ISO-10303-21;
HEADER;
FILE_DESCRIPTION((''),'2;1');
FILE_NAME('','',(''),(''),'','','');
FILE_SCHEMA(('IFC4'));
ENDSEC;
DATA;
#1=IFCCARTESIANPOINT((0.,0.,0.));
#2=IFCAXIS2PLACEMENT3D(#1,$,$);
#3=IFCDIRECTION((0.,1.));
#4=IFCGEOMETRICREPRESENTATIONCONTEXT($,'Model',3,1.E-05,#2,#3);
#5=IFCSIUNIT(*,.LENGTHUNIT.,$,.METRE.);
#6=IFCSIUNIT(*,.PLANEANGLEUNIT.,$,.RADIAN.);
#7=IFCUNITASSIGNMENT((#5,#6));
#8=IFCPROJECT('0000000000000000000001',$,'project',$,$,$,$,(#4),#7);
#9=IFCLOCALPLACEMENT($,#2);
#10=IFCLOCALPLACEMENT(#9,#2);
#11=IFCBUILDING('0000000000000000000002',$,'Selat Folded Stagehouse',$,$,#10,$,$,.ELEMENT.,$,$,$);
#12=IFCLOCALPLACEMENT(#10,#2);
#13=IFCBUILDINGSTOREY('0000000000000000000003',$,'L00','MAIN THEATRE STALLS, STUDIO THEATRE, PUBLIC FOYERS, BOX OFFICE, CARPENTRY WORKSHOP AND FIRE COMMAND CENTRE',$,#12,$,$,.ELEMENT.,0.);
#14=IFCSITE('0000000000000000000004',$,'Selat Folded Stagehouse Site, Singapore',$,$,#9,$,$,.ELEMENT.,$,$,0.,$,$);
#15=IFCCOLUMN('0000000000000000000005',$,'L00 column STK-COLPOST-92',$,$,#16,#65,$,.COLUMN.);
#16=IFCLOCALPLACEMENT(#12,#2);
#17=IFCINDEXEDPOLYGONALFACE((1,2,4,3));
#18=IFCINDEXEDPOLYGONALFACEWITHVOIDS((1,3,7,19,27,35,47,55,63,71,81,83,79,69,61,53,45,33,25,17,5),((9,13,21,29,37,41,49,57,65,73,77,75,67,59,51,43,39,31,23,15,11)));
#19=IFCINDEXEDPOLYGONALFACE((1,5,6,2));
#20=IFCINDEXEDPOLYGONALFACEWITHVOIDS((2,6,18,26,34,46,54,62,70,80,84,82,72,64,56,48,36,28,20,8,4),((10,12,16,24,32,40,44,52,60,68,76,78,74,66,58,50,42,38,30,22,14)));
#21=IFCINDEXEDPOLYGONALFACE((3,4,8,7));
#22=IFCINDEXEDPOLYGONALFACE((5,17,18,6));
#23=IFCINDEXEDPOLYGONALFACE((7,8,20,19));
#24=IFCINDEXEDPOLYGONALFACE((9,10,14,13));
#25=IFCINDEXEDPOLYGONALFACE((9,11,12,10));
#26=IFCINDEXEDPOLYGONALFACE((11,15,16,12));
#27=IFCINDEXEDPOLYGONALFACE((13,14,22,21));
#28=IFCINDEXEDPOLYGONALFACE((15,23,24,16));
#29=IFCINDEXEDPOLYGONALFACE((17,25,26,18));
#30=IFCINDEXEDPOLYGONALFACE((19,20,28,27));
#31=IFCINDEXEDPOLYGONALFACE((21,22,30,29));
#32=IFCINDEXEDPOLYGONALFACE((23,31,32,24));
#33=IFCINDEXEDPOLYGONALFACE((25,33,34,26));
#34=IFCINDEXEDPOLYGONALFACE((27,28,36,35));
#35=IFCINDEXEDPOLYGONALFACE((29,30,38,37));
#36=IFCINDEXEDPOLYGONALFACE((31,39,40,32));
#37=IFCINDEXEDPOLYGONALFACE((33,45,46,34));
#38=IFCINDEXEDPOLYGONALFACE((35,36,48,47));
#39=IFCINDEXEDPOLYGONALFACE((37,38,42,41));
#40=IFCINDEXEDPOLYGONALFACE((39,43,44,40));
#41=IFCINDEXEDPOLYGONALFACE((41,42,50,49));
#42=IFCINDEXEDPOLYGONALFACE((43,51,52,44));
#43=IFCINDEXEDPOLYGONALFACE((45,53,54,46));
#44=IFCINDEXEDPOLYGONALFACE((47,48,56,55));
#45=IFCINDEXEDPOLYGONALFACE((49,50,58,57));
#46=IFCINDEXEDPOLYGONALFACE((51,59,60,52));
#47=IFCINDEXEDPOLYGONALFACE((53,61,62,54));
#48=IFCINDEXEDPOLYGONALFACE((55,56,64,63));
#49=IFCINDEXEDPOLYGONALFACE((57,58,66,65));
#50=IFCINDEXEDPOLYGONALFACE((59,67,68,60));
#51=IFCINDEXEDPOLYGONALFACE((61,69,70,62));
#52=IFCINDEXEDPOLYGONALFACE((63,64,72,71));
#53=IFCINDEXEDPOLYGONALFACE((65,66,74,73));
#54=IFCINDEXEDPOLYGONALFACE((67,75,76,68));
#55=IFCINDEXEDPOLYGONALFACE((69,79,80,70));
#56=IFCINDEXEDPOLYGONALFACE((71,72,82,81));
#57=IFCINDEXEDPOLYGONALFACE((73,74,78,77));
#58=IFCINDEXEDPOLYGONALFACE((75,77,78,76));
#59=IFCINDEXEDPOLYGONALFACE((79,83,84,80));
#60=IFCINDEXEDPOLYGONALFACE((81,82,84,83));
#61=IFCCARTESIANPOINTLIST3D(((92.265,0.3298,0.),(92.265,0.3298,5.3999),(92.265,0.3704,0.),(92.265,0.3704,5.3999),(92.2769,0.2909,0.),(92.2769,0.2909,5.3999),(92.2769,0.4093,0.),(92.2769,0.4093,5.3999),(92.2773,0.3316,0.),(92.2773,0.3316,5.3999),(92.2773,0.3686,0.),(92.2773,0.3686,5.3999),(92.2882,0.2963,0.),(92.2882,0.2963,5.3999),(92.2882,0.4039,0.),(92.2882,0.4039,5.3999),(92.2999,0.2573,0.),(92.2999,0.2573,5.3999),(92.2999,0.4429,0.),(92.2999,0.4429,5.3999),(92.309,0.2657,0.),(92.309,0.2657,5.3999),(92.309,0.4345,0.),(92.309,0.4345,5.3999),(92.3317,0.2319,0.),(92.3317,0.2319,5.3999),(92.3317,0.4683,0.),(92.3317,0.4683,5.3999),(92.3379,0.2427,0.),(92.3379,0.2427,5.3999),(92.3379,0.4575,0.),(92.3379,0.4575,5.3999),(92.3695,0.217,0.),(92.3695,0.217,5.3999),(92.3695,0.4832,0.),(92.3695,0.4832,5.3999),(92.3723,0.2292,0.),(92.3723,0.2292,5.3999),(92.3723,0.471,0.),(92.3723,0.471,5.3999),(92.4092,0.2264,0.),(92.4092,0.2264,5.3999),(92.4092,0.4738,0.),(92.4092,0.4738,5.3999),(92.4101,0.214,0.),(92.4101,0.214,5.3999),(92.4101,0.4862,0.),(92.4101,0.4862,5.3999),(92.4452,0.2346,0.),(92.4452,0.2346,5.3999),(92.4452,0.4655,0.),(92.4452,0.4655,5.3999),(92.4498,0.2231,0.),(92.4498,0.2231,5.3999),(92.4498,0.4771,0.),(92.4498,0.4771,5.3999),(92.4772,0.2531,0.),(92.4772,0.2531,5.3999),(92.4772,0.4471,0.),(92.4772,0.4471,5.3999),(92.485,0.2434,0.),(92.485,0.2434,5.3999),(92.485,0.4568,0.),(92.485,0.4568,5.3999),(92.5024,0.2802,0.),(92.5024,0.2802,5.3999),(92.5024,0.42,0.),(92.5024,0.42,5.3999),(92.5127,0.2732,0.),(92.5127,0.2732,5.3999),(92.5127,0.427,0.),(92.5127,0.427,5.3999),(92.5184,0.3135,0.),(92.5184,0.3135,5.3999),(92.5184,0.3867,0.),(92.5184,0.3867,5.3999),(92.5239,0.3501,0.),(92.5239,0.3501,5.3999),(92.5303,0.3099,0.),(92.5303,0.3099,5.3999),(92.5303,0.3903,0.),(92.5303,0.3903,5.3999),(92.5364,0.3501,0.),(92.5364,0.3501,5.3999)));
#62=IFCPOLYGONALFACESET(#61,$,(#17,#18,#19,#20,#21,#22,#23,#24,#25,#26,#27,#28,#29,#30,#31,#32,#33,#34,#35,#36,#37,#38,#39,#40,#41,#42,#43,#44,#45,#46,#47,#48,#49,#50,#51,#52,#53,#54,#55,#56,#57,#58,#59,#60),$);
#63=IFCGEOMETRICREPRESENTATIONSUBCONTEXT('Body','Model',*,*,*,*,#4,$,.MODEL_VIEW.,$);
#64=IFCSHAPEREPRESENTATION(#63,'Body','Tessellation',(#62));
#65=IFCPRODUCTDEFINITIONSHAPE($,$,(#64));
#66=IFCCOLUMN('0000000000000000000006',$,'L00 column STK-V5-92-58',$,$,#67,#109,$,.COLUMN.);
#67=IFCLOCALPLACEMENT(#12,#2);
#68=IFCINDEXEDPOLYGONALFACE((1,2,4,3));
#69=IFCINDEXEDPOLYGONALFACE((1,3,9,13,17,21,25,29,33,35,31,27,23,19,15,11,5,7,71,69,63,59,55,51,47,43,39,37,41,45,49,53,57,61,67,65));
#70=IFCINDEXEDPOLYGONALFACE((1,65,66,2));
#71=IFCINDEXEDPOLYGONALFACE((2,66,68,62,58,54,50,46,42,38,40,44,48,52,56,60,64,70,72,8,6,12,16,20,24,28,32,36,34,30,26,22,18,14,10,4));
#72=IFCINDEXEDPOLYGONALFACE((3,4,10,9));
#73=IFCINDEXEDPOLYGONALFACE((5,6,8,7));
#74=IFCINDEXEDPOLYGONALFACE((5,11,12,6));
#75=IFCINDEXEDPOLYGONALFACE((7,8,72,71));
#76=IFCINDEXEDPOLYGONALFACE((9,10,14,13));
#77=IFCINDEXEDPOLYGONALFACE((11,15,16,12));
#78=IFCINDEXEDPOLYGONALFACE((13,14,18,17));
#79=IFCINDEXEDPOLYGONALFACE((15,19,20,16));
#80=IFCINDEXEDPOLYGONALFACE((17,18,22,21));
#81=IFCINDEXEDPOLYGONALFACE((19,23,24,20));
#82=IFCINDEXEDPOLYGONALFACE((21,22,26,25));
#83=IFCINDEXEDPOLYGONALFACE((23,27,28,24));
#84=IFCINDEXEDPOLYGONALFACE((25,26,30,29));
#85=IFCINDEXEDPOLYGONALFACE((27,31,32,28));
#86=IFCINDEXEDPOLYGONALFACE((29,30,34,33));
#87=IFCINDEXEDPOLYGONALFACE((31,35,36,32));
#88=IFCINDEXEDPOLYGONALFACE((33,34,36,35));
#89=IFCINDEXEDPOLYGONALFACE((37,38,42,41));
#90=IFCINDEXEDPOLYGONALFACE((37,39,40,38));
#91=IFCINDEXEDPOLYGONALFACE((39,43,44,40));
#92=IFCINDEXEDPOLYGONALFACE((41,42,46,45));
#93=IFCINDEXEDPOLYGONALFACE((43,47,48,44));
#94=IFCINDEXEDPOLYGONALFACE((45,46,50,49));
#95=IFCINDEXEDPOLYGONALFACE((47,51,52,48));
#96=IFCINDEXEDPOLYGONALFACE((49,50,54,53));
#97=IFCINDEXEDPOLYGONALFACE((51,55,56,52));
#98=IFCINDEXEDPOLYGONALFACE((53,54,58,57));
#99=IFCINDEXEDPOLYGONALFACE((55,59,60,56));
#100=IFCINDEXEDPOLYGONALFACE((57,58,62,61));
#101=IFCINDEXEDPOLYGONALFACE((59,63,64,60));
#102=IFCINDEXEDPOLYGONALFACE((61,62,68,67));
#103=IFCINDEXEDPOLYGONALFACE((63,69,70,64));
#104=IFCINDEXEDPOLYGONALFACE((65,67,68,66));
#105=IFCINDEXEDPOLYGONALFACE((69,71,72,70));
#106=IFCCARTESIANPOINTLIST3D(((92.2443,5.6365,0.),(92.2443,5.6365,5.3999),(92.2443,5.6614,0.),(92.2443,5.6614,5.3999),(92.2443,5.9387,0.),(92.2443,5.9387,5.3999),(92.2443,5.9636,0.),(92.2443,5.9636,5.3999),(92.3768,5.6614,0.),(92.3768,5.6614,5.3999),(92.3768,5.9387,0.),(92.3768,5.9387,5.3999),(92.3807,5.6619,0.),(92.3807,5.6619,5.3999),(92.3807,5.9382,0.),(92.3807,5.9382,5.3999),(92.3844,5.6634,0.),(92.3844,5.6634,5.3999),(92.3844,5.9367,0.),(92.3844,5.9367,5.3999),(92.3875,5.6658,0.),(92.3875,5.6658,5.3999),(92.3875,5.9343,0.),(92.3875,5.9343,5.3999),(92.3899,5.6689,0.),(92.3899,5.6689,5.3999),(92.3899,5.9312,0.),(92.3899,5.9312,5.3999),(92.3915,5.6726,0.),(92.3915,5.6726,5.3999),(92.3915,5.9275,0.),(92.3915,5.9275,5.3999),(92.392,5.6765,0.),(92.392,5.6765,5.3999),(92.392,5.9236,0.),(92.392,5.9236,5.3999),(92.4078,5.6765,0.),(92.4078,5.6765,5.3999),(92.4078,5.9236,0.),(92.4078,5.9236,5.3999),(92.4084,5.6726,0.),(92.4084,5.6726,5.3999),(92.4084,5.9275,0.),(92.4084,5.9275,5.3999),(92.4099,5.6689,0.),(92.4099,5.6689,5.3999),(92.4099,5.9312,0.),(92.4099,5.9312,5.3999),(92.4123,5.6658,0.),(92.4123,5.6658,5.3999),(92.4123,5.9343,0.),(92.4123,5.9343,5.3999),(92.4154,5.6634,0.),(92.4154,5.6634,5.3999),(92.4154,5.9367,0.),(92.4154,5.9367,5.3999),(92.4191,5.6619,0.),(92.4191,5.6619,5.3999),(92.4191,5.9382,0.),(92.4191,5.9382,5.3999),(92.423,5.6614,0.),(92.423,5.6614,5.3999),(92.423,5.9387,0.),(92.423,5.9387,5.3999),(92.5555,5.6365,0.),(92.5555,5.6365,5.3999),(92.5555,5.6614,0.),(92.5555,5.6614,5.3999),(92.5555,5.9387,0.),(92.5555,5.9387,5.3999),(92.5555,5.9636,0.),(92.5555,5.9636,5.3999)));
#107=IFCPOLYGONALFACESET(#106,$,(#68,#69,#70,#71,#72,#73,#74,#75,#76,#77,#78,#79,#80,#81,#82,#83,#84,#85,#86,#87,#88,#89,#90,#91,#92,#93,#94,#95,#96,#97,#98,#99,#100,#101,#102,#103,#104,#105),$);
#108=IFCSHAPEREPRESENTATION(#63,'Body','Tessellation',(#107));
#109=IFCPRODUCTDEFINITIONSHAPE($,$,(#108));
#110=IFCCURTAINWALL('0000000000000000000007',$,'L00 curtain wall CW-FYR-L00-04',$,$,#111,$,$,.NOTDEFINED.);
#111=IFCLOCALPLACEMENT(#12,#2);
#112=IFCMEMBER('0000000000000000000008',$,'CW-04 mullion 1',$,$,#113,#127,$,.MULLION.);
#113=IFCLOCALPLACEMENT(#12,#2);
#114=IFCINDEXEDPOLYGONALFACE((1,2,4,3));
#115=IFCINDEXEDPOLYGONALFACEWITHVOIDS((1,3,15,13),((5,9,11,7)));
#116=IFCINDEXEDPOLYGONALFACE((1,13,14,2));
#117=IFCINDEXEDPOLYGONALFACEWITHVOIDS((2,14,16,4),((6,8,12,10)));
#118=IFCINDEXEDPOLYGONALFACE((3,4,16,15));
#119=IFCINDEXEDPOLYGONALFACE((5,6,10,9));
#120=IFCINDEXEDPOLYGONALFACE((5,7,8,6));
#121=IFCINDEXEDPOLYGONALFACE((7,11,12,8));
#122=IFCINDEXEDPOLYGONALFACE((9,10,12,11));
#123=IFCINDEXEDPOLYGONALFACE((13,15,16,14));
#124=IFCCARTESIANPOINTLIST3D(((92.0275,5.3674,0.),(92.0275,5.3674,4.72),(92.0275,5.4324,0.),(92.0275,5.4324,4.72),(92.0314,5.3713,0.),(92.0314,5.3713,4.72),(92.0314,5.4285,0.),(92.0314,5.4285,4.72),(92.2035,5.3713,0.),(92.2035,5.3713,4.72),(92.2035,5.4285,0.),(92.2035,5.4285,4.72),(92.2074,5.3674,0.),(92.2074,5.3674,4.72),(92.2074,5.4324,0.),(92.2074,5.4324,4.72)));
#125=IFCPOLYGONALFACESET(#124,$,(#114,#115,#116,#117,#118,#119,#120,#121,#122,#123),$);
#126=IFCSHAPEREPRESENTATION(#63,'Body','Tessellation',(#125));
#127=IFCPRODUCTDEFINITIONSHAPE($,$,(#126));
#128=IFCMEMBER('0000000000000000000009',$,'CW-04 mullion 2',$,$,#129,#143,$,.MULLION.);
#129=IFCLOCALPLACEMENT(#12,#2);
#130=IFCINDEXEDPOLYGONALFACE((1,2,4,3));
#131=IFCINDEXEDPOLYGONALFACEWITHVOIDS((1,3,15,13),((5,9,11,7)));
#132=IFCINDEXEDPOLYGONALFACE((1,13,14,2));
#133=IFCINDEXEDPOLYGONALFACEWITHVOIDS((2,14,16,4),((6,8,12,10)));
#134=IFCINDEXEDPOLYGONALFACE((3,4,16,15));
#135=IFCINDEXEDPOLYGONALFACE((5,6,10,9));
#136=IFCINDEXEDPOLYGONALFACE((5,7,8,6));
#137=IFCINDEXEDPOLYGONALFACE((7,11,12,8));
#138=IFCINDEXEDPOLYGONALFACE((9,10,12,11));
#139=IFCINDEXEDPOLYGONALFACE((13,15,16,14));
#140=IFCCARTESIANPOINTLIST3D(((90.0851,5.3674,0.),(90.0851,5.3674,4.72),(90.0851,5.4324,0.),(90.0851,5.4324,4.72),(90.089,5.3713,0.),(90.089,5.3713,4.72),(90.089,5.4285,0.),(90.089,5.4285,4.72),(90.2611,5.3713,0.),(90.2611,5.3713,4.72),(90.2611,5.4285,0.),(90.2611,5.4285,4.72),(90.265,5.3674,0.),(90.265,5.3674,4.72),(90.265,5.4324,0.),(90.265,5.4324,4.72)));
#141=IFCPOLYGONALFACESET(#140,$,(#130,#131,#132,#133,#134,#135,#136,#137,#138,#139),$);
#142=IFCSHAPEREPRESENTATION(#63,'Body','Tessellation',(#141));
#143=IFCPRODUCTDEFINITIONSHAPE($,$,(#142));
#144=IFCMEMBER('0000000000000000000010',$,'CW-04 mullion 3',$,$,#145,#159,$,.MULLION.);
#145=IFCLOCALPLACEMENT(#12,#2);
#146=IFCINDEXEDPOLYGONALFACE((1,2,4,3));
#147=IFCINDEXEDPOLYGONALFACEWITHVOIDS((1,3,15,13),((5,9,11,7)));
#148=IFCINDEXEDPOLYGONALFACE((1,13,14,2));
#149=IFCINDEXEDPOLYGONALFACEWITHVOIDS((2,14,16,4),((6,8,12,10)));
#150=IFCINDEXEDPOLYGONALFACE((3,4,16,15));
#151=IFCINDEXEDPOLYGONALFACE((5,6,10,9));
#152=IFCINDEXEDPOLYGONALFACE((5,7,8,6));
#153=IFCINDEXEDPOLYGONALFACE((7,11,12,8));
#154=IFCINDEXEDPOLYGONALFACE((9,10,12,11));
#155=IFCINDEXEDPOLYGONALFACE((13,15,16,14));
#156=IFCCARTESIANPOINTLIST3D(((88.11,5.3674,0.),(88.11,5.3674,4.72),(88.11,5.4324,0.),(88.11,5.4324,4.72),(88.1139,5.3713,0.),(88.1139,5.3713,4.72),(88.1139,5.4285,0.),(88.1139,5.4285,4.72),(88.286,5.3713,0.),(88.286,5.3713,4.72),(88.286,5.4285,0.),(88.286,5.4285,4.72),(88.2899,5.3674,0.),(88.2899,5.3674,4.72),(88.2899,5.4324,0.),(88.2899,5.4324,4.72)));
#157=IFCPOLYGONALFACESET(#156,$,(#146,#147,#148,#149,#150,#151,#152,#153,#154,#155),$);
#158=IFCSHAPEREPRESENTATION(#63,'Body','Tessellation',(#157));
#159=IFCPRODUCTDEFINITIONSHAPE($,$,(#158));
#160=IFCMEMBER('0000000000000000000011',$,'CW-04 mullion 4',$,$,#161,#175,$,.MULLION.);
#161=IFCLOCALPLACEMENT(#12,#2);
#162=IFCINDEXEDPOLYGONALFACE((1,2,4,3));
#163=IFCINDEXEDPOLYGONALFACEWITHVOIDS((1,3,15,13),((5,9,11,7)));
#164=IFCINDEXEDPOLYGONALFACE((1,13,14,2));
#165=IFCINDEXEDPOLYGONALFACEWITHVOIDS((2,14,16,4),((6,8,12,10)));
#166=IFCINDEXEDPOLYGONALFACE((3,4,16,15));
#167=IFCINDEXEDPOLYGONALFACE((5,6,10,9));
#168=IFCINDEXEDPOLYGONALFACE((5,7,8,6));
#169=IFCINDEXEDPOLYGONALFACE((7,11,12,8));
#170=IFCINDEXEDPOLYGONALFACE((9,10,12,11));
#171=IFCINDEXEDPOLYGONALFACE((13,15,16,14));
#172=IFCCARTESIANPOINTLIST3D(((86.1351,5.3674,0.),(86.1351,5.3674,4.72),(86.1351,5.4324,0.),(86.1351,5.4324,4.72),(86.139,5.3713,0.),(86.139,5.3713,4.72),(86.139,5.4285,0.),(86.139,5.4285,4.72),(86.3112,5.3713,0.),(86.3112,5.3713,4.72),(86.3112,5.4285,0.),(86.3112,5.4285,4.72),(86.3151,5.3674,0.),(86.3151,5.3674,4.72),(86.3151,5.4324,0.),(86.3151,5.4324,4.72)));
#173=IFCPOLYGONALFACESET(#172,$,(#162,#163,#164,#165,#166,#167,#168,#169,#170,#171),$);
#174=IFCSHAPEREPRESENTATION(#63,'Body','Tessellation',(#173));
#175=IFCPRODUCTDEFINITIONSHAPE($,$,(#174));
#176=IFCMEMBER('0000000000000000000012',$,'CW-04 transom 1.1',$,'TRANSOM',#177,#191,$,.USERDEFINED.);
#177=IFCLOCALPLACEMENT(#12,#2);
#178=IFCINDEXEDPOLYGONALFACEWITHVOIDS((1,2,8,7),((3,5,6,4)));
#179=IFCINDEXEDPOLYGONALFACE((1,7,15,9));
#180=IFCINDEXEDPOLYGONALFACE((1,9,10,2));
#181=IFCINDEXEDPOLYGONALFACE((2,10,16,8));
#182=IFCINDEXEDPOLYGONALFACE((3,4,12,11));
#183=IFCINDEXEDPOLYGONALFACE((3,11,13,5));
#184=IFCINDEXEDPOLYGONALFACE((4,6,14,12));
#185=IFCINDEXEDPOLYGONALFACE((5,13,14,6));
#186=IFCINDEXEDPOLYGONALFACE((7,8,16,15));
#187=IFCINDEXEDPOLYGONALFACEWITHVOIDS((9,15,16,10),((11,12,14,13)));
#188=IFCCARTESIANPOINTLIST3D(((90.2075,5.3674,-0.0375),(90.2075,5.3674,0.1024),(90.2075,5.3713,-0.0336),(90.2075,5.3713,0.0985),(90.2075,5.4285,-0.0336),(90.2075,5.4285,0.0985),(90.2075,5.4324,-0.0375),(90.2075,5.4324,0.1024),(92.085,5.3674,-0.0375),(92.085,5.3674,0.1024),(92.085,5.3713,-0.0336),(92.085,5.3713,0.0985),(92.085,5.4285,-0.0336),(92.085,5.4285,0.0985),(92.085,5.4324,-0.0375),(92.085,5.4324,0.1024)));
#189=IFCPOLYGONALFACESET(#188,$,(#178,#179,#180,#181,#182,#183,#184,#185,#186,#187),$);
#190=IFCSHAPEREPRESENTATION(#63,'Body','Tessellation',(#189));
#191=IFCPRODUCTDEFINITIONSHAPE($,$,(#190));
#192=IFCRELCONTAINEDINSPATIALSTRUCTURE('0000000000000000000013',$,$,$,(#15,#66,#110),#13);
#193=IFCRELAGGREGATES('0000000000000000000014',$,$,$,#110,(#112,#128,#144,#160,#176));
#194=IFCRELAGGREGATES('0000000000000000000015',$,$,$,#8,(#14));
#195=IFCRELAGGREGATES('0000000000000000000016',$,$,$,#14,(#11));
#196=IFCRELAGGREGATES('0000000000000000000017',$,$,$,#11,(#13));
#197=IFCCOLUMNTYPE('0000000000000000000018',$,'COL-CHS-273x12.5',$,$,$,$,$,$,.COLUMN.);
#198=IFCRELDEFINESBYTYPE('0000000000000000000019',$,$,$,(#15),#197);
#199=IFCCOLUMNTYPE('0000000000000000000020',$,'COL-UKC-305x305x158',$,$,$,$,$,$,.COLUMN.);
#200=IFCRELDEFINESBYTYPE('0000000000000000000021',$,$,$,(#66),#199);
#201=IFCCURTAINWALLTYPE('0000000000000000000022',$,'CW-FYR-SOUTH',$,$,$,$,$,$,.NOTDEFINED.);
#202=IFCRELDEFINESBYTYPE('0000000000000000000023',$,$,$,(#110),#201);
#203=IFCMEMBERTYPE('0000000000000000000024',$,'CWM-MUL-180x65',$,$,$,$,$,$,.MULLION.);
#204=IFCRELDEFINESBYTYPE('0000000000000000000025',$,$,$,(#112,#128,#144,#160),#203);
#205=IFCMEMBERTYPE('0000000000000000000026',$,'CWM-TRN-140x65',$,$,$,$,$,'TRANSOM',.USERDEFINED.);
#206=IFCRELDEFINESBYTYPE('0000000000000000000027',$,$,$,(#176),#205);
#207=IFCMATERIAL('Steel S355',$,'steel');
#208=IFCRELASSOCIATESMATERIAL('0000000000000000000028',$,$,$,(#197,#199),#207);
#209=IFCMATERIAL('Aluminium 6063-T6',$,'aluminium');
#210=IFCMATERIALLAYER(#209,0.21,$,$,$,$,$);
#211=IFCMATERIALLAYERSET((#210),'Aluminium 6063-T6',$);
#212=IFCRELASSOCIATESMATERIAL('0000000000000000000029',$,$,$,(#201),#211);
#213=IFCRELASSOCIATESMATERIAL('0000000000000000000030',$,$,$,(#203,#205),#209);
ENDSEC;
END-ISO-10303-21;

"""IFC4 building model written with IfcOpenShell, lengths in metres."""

from ifc_helpers import new_model, si_unit, direction, frame, origin, origin_2d, place, context, subcontext, project, spatial, hollow_rectangle, hollow_circle, i_section, extrude, material, layer, layer_set, material_profile, profile_set, type_object, element, aggregate, save


model = new_model("IFC4")

# Units and contexts
model_context = context("Model", 3, precision=1e-05, world=origin(), true_north=direction((0.0, 1.0)))
body_context = subcontext(model_context, "Body", "Model", "MODEL_VIEW")
ifc_project = project(units=[si_unit("LENGTHUNIT", "METRE"), si_unit("PLANEANGLEUNIT", "RADIAN")], contexts=[model_context])

# Site, building, storey
site_placement = place(None, origin())
site = spatial("IfcSite", under=ifc_project, at=site_placement, Name="Selat Folded Stagehouse Site, Singapore", CompositionType="ELEMENT", RefElevation=0.0)
building_placement = place(site_placement, origin())
building = spatial("IfcBuilding", under=site, at=building_placement, Name="Selat Folded Stagehouse", CompositionType="ELEMENT")
storey_placement = place(building_placement, origin())
storey = spatial("IfcBuildingStorey", under=building, at=storey_placement, Name="L00", Description="MAIN THEATRE STALLS, STUDIO THEATRE, PUBLIC FOYERS, BOX OFFICE, CARPENTRY WORKSHOP AND FIRE COMMAND CENTRE", CompositionType="ELEMENT", Elevation=0.0)

# Columns
ifc_material_1 = material(Name="Steel S355", Category="steel")
ifc_material_profile_1 = material_profile(ifc_material_1, hollow_circle(Radius=0.1365, WallThickness=0.0125, at=origin_2d()), Name="CHS 273.0x12.5")
ifc_profile_set_1 = profile_set([ifc_material_profile_1], Name="Steel S355")
column_type_1 = type_object("IfcColumnType", Name="COL-CHS-273x12.5", PredefinedType="COLUMN", material=ifc_profile_set_1)
column_1_placement = place(storey_placement, frame((92.3999, 0.3501, 0.0), z_axis=(0.0, 0.0, 1.0), x_axis=(1.0, 0.0, 0.0)))
element("IfcColumn", 1, at=column_1_placement, inside=storey, type_object=column_type_1, Name="L00 column STK-COLPOST-92", PredefinedType="COLUMN", context=body_context, shape_type="SweptSolid", body=[
    extrude(hollow_circle(Radius=0.1365, WallThickness=0.0125, at=origin_2d()), origin(), (0.0, 0.0, 1.0), 5.3999),
])
ifc_material_profile_2 = material_profile(ifc_material_1, i_section(OverallWidth=0.3113, OverallDepth=0.3271, WebThickness=0.0159, FlangeThickness=0.0249, FilletRadius=0.0151, at=origin_2d()), Name="UKC 305x305x158")
ifc_profile_set_2 = profile_set([ifc_material_profile_2], Name="Steel S355")
column_type_2 = type_object("IfcColumnType", Name="COL-UKC-305x305x158", PredefinedType="COLUMN", material=ifc_profile_set_2)
column_2_placement = place(storey_placement, frame((92.3999, 5.8, 0.0), z_axis=(0.0, 0.0, 1.0), x_axis=(1.0, 0.0, 0.0)))
element("IfcColumn", 2, at=column_2_placement, inside=storey, type_object=column_type_2, Name="L00 column STK-V5-92-58", PredefinedType="COLUMN", context=body_context, shape_type="SweptSolid", body=[
    extrude(i_section(OverallWidth=0.3113, OverallDepth=0.3271, WebThickness=0.0159, FlangeThickness=0.0249, FilletRadius=0.0151, at=origin_2d()), origin(), (0.0, 0.0, 1.0), 5.3999),
])

# Curtain wall, members
ifc_material_2 = material(Name="Aluminium 6063-T6", Category="aluminium")
ifc_layer_1 = layer(ifc_material_2, 0.21)
ifc_layer_set_1 = layer_set([ifc_layer_1], Name="Aluminium 6063-T6")
curtain_wall_type = type_object("IfcCurtainWallType", Name="CW-FYR-SOUTH", PredefinedType="NOTDEFINED", material=ifc_layer_set_1)
curtain_wall_placement = place(storey_placement, origin())
curtain_wall = element("IfcCurtainWall", 3, at=curtain_wall_placement, inside=storey, type_object=curtain_wall_type, Name="L00 curtain wall CW-FYR-L00-04", PredefinedType="NOTDEFINED")
ifc_material_profile_3 = material_profile(ifc_material_2, hollow_rectangle(XDim=0.0649, YDim=0.1799, WallThickness=0.0039, at=origin_2d()), Name="ALU 180x65x4.0")
ifc_profile_set_3 = profile_set([ifc_material_profile_3], Name="Aluminium 6063-T6")
member_type_1 = type_object("IfcMemberType", Name="CWM-MUL-180x65", PredefinedType="MULLION", material=ifc_profile_set_3)
member_1_placement = place(storey_placement, frame((92.1174, 5.3999, 0.0), z_axis=(0.0, 0.0, 1.0), x_axis=(0.0, -1.0, 0.0)))
member_1 = element("IfcMember", 4, at=member_1_placement, type_object=member_type_1, Name="CW-04 mullion 1", PredefinedType="MULLION", context=body_context, shape_type="SweptSolid", body=[
    extrude(hollow_rectangle(XDim=0.0649, YDim=0.1799, WallThickness=0.0039, at=origin_2d()), origin(), (0.0, 0.0, 1.0), 4.72),
])
member_2_placement = place(storey_placement, frame((90.175, 5.3999, 0.0), z_axis=(0.0, 0.0, 1.0), x_axis=(0.0, -1.0, 0.0)))
member_2 = element("IfcMember", 5, at=member_2_placement, type_object=member_type_1, Name="CW-04 mullion 2", PredefinedType="MULLION", context=body_context, shape_type="SweptSolid", body=[
    extrude(hollow_rectangle(XDim=0.0649, YDim=0.1799, WallThickness=0.0039, at=origin_2d()), origin(), (0.0, 0.0, 1.0), 4.72),
])
member_3_placement = place(storey_placement, frame((88.2, 5.3999, 0.0), z_axis=(0.0, 0.0, 1.0), x_axis=(0.0, -1.0, 0.0)))
member_3 = element("IfcMember", 6, at=member_3_placement, type_object=member_type_1, Name="CW-04 mullion 3", PredefinedType="MULLION", context=body_context, shape_type="SweptSolid", body=[
    extrude(hollow_rectangle(XDim=0.0649, YDim=0.1799, WallThickness=0.0039, at=origin_2d()), origin(), (0.0, 0.0, 1.0), 4.72),
])
member_4_placement = place(storey_placement, frame((86.2251, 5.3999, 0.0), z_axis=(0.0, 0.0, 1.0), x_axis=(0.0, -1.0, 0.0)))
member_4 = element("IfcMember", 7, at=member_4_placement, type_object=member_type_1, Name="CW-04 mullion 4", PredefinedType="MULLION", context=body_context, shape_type="SweptSolid", body=[
    extrude(hollow_rectangle(XDim=0.0649, YDim=0.1799, WallThickness=0.0039, at=origin_2d()), origin(), (0.0, 0.0, 1.0), 4.72),
])
ifc_material_profile_4 = material_profile(ifc_material_2, hollow_rectangle(XDim=0.0649, YDim=0.1399, WallThickness=0.0039, at=origin_2d()), Name="ALU 140x65x4.0")
ifc_profile_set_4 = profile_set([ifc_material_profile_4], Name="Aluminium 6063-T6")
member_type_2 = type_object("IfcMemberType", Name="CWM-TRN-140x65", ElementType="TRANSOM", PredefinedType="USERDEFINED", material=ifc_profile_set_4)
member_5_placement = place(storey_placement, frame((92.085, 5.3999, 0.0325), z_axis=(-1.0, 0.0, 0.0), x_axis=(0.0, -1.0, 0.0)))
member_5 = element("IfcMember", 8, at=member_5_placement, type_object=member_type_2, Name="CW-04 transom 1.1", ObjectType="TRANSOM", PredefinedType="USERDEFINED", context=body_context, shape_type="SweptSolid", body=[
    extrude(hollow_rectangle(XDim=0.0649, YDim=0.1399, WallThickness=0.0039, at=origin_2d()), origin(), (0.0, 0.0, 1.0), 1.8774),
])
aggregate(curtain_wall, [member_1, member_2, member_3, member_4, member_5])

save(model, "model.ifc")
